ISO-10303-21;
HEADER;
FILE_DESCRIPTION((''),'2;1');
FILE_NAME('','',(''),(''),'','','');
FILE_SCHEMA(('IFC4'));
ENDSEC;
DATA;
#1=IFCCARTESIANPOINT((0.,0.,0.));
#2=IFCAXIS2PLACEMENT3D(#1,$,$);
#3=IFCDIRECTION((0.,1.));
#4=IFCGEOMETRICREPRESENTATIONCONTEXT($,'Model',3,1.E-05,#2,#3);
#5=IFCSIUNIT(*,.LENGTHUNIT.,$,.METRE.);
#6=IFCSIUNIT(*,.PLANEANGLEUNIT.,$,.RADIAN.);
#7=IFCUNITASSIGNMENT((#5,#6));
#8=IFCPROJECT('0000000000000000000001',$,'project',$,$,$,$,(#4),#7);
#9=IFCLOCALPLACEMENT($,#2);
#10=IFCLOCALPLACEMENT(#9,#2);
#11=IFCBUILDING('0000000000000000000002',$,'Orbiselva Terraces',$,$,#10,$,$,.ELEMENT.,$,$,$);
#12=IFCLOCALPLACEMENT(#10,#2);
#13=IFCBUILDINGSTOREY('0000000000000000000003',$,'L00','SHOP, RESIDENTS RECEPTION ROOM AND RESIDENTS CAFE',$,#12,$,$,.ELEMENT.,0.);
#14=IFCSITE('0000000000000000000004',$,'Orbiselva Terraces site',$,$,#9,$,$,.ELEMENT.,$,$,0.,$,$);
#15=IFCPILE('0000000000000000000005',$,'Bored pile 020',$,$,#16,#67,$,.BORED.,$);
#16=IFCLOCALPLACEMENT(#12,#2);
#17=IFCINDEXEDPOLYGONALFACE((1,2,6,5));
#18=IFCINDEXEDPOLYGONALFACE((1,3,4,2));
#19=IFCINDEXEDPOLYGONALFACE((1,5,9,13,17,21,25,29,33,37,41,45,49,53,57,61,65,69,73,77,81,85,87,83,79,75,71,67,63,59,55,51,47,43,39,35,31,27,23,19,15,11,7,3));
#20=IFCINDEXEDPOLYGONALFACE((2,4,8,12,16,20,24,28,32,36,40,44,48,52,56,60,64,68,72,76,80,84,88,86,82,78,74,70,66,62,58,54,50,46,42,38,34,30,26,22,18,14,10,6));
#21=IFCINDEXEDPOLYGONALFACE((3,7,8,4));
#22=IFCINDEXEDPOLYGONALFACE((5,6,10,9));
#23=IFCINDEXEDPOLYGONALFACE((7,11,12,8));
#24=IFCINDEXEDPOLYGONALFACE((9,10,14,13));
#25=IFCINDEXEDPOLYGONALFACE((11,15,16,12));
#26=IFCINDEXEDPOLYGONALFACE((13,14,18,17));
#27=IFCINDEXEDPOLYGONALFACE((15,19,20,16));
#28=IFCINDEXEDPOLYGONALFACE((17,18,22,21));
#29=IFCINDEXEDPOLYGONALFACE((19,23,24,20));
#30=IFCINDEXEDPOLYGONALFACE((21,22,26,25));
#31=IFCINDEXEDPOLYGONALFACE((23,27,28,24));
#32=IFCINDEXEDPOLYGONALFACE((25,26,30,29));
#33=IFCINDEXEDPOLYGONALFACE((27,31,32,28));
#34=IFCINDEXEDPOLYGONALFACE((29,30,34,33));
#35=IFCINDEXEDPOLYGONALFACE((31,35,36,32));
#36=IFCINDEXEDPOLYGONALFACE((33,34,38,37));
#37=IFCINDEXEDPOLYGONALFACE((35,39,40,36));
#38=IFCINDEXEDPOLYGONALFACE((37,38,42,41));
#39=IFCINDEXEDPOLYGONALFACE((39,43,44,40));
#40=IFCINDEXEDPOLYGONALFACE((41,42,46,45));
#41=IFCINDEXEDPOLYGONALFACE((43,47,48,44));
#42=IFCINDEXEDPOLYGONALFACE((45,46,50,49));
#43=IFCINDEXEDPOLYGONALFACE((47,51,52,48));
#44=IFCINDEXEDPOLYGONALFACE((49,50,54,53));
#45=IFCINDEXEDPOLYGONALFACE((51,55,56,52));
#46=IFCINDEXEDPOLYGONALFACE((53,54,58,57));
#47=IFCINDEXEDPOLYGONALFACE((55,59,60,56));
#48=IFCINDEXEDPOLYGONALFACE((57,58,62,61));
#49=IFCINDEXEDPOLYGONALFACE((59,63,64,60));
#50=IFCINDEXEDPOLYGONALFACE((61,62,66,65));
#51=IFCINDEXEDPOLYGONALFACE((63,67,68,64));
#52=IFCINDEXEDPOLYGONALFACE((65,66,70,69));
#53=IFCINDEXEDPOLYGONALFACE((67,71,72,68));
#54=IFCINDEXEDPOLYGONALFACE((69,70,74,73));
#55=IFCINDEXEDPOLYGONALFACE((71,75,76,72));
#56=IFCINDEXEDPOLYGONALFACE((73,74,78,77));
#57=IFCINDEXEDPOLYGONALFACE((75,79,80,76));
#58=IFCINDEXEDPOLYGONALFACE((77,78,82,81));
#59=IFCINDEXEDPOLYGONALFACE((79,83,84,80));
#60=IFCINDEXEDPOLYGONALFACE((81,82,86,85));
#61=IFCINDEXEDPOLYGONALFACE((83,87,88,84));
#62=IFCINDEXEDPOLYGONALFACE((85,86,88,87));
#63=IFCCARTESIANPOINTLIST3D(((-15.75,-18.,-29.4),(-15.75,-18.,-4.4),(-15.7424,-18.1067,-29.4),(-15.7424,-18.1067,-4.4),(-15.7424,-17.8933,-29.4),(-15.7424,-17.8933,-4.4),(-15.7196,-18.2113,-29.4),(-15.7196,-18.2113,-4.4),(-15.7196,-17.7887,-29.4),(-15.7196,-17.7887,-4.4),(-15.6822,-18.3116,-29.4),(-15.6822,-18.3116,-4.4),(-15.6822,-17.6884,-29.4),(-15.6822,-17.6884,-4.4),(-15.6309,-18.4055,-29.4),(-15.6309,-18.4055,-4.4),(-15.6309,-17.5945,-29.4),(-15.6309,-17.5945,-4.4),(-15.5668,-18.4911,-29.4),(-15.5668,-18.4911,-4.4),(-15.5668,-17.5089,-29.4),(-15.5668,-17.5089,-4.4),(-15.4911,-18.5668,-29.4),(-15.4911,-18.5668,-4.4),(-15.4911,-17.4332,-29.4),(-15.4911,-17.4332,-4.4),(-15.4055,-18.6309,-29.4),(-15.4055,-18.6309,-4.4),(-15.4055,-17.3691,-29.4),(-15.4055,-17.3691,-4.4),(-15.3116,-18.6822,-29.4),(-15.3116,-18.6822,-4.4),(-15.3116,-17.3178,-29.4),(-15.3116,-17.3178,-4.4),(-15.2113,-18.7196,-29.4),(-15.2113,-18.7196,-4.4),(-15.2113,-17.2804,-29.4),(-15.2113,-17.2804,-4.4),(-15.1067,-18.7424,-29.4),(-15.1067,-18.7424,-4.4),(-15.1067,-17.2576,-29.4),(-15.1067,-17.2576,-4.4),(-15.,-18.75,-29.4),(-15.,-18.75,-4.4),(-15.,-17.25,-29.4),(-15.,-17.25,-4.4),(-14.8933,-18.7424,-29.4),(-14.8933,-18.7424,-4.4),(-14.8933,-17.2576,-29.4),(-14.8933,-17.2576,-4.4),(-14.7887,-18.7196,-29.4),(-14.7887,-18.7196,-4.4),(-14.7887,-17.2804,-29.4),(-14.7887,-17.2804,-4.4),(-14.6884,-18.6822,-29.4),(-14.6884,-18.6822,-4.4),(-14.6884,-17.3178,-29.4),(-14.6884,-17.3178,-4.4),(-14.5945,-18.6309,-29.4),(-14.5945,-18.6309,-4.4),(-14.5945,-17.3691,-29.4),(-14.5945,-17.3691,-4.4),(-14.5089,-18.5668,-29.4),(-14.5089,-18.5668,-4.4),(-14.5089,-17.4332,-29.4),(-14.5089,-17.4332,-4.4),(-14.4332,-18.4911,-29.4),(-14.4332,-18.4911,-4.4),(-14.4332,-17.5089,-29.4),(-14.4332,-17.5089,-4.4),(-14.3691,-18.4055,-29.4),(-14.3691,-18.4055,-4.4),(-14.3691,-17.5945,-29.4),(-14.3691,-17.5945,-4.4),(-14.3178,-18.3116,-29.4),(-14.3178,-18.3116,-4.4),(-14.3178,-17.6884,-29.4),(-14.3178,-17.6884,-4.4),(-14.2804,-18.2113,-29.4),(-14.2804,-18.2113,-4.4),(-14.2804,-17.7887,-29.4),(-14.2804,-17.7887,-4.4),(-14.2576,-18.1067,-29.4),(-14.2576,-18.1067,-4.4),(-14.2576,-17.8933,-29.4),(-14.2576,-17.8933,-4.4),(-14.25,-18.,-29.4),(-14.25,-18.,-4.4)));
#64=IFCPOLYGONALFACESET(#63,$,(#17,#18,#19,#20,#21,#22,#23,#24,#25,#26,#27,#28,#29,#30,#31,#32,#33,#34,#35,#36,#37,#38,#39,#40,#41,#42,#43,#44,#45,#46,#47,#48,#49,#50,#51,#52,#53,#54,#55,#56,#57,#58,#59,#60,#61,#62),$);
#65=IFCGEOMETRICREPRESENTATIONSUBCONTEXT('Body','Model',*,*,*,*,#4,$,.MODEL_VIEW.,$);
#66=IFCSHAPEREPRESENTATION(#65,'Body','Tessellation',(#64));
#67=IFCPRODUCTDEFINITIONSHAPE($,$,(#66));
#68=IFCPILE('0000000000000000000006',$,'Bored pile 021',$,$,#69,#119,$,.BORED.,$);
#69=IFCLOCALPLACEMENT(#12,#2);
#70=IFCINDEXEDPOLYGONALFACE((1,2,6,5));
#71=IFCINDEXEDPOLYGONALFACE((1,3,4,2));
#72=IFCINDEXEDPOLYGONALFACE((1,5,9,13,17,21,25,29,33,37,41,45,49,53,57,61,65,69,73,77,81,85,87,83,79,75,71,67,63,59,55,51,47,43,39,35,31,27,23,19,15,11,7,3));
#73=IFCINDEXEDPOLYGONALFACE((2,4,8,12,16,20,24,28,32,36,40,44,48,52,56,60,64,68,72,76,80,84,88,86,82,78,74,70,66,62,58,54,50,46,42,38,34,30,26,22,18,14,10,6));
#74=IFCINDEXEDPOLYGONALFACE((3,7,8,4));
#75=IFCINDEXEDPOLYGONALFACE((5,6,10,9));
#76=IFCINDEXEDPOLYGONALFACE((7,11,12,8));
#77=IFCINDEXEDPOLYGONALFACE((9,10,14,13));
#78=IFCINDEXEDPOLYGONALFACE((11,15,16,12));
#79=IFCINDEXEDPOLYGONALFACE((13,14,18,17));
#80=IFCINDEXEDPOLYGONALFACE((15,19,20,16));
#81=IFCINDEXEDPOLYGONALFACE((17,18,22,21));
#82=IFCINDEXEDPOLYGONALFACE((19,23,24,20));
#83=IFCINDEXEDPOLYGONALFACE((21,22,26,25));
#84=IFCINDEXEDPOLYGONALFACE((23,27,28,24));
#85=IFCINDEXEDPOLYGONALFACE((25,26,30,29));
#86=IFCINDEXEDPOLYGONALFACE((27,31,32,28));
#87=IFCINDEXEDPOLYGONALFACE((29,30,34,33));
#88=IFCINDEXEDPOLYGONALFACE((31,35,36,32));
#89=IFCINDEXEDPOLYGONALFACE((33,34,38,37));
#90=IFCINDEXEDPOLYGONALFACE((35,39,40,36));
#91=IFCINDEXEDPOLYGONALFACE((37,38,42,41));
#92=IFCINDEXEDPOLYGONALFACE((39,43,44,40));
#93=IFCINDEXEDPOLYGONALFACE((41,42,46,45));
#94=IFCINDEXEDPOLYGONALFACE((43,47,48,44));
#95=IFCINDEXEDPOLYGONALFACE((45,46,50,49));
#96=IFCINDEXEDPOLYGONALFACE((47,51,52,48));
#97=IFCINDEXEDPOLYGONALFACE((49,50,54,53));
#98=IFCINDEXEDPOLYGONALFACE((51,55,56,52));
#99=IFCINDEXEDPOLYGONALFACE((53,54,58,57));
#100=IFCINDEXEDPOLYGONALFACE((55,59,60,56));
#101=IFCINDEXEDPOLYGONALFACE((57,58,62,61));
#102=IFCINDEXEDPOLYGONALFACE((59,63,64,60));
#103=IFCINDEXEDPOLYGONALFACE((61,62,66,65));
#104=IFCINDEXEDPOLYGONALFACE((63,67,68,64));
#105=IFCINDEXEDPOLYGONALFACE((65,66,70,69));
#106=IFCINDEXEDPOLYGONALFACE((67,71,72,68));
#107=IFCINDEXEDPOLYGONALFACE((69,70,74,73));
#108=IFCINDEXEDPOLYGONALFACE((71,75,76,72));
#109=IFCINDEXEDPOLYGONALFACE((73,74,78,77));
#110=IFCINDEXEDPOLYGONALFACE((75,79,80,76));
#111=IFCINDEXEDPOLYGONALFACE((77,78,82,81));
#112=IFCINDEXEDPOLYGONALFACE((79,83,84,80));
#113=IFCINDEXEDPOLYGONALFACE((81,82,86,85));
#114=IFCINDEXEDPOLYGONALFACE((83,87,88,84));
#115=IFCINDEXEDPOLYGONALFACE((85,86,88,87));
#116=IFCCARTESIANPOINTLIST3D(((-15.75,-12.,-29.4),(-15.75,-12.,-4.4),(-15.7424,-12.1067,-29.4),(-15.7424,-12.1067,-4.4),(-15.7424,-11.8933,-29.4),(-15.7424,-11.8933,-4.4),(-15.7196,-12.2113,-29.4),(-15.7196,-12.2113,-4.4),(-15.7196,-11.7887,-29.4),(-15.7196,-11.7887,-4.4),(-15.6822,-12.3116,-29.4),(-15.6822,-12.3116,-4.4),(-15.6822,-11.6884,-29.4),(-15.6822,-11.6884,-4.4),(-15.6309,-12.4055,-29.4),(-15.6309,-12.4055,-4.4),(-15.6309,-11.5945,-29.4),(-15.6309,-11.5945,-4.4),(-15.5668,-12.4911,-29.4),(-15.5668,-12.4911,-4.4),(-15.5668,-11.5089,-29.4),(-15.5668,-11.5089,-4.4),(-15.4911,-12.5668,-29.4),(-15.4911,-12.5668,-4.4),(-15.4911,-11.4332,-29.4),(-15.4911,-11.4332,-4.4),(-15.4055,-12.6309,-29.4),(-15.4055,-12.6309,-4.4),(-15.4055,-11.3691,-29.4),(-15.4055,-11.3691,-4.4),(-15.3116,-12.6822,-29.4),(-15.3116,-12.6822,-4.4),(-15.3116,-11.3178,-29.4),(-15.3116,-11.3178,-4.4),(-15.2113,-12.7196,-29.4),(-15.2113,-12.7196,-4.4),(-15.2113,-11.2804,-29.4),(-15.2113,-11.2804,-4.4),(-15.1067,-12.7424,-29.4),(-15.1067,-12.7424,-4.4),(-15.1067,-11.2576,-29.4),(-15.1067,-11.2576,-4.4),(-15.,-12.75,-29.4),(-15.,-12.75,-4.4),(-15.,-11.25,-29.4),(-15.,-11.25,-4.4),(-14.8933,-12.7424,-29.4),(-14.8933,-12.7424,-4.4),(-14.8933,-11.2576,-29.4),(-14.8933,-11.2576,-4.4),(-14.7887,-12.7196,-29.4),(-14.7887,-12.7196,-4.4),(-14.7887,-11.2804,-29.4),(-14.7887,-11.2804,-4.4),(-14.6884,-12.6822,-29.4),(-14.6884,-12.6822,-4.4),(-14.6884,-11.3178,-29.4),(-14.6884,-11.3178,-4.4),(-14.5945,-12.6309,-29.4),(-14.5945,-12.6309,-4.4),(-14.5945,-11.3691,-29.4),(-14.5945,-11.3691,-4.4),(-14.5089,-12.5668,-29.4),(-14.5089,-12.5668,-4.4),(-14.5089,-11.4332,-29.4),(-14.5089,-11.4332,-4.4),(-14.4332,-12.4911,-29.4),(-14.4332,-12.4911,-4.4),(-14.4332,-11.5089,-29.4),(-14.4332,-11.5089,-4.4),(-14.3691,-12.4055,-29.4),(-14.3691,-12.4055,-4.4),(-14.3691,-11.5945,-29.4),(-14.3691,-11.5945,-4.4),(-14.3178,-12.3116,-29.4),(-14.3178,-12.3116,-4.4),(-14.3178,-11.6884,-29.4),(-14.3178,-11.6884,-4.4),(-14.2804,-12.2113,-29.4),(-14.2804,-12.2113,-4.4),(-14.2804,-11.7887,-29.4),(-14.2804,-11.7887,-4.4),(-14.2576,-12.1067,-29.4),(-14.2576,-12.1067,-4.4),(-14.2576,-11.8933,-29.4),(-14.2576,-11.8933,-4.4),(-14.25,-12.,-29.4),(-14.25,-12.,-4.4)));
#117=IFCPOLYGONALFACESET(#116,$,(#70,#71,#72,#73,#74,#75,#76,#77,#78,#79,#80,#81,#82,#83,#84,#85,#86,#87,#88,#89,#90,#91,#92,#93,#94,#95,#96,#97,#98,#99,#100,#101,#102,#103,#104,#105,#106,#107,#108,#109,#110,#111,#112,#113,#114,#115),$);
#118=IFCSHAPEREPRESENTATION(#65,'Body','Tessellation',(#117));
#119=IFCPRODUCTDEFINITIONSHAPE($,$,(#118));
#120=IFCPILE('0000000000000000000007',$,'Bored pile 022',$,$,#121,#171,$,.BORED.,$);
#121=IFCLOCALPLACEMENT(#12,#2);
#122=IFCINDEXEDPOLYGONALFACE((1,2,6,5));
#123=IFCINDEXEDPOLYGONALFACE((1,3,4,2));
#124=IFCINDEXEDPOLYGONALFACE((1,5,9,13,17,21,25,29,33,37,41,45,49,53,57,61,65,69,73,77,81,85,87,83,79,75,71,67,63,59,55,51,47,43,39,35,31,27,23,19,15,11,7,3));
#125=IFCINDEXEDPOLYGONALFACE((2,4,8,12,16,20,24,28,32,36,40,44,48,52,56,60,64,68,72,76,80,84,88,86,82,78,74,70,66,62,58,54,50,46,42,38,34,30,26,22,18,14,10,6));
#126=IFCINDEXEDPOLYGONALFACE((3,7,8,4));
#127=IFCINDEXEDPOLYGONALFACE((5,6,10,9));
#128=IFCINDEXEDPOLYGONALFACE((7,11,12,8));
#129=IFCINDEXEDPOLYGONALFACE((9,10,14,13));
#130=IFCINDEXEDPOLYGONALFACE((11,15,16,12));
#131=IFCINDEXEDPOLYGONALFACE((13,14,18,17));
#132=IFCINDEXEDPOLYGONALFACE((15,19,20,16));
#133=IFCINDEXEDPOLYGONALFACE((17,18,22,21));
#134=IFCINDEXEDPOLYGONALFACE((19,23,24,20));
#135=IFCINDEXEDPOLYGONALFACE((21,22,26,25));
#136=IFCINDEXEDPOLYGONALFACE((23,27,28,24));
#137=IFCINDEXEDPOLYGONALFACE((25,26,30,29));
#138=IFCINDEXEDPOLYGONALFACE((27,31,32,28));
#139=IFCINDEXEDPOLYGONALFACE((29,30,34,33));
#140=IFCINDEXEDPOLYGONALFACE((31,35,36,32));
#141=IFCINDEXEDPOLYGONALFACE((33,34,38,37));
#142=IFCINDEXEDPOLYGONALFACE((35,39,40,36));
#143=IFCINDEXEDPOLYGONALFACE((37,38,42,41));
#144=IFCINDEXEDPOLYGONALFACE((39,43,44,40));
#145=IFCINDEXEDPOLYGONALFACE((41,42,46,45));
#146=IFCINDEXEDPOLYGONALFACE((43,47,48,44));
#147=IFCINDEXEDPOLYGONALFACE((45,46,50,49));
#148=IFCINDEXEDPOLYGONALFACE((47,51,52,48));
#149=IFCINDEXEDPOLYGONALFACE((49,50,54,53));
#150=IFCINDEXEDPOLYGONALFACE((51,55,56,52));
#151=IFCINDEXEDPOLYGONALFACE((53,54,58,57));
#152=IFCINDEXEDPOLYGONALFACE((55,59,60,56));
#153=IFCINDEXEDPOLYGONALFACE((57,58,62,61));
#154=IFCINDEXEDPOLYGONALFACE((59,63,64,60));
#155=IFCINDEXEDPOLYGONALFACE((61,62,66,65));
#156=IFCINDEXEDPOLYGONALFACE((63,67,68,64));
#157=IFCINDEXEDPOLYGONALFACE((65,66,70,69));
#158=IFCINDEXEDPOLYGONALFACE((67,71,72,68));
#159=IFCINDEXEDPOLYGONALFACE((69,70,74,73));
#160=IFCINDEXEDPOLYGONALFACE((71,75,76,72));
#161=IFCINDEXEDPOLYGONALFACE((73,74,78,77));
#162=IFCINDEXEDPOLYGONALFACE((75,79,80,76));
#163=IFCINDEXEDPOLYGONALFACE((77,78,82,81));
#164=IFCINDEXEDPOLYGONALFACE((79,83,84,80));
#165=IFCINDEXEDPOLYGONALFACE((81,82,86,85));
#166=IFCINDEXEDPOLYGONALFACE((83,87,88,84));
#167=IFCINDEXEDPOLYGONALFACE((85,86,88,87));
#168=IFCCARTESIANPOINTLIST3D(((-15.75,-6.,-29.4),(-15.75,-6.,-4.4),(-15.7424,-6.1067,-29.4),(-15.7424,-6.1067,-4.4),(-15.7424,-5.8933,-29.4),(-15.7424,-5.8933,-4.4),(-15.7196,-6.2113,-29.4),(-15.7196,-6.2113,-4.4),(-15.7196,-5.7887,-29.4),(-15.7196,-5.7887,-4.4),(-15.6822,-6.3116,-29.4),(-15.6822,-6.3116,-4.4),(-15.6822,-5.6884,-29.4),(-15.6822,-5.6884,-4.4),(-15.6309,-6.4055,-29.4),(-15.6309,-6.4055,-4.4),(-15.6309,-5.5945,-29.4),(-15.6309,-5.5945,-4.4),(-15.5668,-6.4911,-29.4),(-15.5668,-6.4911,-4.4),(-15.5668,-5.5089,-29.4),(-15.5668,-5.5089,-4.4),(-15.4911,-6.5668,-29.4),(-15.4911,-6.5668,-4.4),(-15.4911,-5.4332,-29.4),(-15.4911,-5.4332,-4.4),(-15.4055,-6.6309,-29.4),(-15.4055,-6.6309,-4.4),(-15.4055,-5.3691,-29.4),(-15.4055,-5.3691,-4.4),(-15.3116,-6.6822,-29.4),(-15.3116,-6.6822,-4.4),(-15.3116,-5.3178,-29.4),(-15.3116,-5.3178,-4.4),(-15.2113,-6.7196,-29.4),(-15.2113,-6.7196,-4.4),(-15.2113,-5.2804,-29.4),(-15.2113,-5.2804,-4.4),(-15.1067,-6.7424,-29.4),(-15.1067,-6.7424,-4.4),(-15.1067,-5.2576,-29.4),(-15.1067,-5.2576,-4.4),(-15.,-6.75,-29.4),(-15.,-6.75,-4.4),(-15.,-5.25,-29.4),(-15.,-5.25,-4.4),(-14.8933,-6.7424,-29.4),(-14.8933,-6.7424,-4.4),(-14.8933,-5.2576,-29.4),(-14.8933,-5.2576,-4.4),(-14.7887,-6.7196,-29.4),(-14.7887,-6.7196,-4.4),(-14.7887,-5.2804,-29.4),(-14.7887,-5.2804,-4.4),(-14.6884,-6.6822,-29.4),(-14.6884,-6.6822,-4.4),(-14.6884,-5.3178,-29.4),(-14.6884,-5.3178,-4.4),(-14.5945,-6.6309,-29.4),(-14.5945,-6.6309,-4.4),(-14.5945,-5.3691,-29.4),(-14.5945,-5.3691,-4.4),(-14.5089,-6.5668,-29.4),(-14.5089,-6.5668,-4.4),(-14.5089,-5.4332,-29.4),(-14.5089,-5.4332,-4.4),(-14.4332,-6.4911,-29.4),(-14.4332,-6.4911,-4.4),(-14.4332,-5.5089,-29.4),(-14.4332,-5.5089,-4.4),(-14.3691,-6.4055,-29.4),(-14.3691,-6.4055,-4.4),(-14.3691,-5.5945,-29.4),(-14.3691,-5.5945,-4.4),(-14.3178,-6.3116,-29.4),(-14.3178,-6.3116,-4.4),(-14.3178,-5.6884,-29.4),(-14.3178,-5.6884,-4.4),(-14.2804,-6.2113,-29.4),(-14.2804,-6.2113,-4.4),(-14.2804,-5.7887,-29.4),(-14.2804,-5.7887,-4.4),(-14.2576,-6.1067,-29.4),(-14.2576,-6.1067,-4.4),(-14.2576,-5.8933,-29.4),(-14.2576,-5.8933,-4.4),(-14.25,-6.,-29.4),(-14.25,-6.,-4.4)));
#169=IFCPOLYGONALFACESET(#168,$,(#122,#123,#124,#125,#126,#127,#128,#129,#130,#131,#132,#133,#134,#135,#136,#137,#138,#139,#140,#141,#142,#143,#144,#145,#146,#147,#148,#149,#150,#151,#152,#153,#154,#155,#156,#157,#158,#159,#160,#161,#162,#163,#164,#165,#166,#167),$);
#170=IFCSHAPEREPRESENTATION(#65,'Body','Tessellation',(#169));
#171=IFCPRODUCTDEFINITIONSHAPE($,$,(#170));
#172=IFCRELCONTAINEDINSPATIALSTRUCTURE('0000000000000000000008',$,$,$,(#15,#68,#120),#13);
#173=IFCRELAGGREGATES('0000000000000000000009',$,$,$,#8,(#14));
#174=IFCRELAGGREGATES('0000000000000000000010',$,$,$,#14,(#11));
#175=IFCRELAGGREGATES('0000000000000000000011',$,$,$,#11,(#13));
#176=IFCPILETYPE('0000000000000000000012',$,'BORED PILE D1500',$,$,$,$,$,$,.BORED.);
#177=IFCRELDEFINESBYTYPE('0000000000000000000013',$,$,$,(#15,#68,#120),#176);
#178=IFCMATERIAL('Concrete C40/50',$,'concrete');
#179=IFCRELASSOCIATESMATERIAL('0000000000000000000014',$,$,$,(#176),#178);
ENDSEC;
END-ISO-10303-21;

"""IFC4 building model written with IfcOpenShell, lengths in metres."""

from ifc_helpers import new_model, si_unit, direction, frame, origin, origin_2d, place, context, subcontext, project, spatial, circle, extrude, material, material_profile, profile_set, type_object, element, save


model = new_model("IFC4")

# Units and contexts
model_context = context("Model", 3, precision=1e-05, world=origin(), true_north=direction((0.0, 1.0)))
body_context = subcontext(model_context, "Body", "Model", "MODEL_VIEW")
ifc_project = project(units=[si_unit("LENGTHUNIT", "METRE"), si_unit("PLANEANGLEUNIT", "RADIAN")], contexts=[model_context])

# Site, building, storey
site_placement = place(None, origin())
site = spatial("IfcSite", under=ifc_project, at=site_placement, Name="Orbiselva Terraces site", CompositionType="ELEMENT", RefElevation=0.0)
building_placement = place(site_placement, origin())
building = spatial("IfcBuilding", under=site, at=building_placement, Name="Orbiselva Terraces", CompositionType="ELEMENT")
storey_placement = place(building_placement, origin())
storey = spatial("IfcBuildingStorey", under=building, at=storey_placement, Name="L00", Description="SHOP, RESIDENTS RECEPTION ROOM AND RESIDENTS CAFE", CompositionType="ELEMENT", Elevation=0.0)

# Piles
ifc_material_1 = material(Name="Concrete C40/50", Category="concrete")
ifc_material_profile_1 = material_profile(ifc_material_1, circle(Radius=0.75, at=origin_2d()), Name="D1500")
ifc_profile_set_1 = profile_set([ifc_material_profile_1], Name="Concrete C40/50")
pile_type = type_object("IfcPileType", Name="BORED PILE D1500", PredefinedType="BORED", material=ifc_profile_set_1)
for number, where, z_axis, x_axis, name in (
    (1, (-15.0, -18.0, -4.4), (0.0, 0.0, -1.0), (1.0, 0.0, 0.0), "Bored pile 020"),
    (2, (-15.0, -12.0, -4.4), (0.0, 0.0, -1.0), (1.0, 0.0, 0.0), "Bored pile 021"),
    (3, (-15.0, -6.0, -4.4), (0.0, 0.0, -1.0), (1.0, 0.0, 0.0), "Bored pile 022"),
):
    element("IfcPile", number, at=place(storey_placement, frame(where, z_axis=z_axis, x_axis=x_axis)), inside=storey, type_object=pile_type, Name=name, PredefinedType="BORED", context=body_context, shape_type="SweptSolid", body=[
        extrude(circle(Radius=0.75, at=origin_2d()), origin(), (0.0, 0.0, 1.0), 25.0),
    ])

save(model, "model.ifc")
